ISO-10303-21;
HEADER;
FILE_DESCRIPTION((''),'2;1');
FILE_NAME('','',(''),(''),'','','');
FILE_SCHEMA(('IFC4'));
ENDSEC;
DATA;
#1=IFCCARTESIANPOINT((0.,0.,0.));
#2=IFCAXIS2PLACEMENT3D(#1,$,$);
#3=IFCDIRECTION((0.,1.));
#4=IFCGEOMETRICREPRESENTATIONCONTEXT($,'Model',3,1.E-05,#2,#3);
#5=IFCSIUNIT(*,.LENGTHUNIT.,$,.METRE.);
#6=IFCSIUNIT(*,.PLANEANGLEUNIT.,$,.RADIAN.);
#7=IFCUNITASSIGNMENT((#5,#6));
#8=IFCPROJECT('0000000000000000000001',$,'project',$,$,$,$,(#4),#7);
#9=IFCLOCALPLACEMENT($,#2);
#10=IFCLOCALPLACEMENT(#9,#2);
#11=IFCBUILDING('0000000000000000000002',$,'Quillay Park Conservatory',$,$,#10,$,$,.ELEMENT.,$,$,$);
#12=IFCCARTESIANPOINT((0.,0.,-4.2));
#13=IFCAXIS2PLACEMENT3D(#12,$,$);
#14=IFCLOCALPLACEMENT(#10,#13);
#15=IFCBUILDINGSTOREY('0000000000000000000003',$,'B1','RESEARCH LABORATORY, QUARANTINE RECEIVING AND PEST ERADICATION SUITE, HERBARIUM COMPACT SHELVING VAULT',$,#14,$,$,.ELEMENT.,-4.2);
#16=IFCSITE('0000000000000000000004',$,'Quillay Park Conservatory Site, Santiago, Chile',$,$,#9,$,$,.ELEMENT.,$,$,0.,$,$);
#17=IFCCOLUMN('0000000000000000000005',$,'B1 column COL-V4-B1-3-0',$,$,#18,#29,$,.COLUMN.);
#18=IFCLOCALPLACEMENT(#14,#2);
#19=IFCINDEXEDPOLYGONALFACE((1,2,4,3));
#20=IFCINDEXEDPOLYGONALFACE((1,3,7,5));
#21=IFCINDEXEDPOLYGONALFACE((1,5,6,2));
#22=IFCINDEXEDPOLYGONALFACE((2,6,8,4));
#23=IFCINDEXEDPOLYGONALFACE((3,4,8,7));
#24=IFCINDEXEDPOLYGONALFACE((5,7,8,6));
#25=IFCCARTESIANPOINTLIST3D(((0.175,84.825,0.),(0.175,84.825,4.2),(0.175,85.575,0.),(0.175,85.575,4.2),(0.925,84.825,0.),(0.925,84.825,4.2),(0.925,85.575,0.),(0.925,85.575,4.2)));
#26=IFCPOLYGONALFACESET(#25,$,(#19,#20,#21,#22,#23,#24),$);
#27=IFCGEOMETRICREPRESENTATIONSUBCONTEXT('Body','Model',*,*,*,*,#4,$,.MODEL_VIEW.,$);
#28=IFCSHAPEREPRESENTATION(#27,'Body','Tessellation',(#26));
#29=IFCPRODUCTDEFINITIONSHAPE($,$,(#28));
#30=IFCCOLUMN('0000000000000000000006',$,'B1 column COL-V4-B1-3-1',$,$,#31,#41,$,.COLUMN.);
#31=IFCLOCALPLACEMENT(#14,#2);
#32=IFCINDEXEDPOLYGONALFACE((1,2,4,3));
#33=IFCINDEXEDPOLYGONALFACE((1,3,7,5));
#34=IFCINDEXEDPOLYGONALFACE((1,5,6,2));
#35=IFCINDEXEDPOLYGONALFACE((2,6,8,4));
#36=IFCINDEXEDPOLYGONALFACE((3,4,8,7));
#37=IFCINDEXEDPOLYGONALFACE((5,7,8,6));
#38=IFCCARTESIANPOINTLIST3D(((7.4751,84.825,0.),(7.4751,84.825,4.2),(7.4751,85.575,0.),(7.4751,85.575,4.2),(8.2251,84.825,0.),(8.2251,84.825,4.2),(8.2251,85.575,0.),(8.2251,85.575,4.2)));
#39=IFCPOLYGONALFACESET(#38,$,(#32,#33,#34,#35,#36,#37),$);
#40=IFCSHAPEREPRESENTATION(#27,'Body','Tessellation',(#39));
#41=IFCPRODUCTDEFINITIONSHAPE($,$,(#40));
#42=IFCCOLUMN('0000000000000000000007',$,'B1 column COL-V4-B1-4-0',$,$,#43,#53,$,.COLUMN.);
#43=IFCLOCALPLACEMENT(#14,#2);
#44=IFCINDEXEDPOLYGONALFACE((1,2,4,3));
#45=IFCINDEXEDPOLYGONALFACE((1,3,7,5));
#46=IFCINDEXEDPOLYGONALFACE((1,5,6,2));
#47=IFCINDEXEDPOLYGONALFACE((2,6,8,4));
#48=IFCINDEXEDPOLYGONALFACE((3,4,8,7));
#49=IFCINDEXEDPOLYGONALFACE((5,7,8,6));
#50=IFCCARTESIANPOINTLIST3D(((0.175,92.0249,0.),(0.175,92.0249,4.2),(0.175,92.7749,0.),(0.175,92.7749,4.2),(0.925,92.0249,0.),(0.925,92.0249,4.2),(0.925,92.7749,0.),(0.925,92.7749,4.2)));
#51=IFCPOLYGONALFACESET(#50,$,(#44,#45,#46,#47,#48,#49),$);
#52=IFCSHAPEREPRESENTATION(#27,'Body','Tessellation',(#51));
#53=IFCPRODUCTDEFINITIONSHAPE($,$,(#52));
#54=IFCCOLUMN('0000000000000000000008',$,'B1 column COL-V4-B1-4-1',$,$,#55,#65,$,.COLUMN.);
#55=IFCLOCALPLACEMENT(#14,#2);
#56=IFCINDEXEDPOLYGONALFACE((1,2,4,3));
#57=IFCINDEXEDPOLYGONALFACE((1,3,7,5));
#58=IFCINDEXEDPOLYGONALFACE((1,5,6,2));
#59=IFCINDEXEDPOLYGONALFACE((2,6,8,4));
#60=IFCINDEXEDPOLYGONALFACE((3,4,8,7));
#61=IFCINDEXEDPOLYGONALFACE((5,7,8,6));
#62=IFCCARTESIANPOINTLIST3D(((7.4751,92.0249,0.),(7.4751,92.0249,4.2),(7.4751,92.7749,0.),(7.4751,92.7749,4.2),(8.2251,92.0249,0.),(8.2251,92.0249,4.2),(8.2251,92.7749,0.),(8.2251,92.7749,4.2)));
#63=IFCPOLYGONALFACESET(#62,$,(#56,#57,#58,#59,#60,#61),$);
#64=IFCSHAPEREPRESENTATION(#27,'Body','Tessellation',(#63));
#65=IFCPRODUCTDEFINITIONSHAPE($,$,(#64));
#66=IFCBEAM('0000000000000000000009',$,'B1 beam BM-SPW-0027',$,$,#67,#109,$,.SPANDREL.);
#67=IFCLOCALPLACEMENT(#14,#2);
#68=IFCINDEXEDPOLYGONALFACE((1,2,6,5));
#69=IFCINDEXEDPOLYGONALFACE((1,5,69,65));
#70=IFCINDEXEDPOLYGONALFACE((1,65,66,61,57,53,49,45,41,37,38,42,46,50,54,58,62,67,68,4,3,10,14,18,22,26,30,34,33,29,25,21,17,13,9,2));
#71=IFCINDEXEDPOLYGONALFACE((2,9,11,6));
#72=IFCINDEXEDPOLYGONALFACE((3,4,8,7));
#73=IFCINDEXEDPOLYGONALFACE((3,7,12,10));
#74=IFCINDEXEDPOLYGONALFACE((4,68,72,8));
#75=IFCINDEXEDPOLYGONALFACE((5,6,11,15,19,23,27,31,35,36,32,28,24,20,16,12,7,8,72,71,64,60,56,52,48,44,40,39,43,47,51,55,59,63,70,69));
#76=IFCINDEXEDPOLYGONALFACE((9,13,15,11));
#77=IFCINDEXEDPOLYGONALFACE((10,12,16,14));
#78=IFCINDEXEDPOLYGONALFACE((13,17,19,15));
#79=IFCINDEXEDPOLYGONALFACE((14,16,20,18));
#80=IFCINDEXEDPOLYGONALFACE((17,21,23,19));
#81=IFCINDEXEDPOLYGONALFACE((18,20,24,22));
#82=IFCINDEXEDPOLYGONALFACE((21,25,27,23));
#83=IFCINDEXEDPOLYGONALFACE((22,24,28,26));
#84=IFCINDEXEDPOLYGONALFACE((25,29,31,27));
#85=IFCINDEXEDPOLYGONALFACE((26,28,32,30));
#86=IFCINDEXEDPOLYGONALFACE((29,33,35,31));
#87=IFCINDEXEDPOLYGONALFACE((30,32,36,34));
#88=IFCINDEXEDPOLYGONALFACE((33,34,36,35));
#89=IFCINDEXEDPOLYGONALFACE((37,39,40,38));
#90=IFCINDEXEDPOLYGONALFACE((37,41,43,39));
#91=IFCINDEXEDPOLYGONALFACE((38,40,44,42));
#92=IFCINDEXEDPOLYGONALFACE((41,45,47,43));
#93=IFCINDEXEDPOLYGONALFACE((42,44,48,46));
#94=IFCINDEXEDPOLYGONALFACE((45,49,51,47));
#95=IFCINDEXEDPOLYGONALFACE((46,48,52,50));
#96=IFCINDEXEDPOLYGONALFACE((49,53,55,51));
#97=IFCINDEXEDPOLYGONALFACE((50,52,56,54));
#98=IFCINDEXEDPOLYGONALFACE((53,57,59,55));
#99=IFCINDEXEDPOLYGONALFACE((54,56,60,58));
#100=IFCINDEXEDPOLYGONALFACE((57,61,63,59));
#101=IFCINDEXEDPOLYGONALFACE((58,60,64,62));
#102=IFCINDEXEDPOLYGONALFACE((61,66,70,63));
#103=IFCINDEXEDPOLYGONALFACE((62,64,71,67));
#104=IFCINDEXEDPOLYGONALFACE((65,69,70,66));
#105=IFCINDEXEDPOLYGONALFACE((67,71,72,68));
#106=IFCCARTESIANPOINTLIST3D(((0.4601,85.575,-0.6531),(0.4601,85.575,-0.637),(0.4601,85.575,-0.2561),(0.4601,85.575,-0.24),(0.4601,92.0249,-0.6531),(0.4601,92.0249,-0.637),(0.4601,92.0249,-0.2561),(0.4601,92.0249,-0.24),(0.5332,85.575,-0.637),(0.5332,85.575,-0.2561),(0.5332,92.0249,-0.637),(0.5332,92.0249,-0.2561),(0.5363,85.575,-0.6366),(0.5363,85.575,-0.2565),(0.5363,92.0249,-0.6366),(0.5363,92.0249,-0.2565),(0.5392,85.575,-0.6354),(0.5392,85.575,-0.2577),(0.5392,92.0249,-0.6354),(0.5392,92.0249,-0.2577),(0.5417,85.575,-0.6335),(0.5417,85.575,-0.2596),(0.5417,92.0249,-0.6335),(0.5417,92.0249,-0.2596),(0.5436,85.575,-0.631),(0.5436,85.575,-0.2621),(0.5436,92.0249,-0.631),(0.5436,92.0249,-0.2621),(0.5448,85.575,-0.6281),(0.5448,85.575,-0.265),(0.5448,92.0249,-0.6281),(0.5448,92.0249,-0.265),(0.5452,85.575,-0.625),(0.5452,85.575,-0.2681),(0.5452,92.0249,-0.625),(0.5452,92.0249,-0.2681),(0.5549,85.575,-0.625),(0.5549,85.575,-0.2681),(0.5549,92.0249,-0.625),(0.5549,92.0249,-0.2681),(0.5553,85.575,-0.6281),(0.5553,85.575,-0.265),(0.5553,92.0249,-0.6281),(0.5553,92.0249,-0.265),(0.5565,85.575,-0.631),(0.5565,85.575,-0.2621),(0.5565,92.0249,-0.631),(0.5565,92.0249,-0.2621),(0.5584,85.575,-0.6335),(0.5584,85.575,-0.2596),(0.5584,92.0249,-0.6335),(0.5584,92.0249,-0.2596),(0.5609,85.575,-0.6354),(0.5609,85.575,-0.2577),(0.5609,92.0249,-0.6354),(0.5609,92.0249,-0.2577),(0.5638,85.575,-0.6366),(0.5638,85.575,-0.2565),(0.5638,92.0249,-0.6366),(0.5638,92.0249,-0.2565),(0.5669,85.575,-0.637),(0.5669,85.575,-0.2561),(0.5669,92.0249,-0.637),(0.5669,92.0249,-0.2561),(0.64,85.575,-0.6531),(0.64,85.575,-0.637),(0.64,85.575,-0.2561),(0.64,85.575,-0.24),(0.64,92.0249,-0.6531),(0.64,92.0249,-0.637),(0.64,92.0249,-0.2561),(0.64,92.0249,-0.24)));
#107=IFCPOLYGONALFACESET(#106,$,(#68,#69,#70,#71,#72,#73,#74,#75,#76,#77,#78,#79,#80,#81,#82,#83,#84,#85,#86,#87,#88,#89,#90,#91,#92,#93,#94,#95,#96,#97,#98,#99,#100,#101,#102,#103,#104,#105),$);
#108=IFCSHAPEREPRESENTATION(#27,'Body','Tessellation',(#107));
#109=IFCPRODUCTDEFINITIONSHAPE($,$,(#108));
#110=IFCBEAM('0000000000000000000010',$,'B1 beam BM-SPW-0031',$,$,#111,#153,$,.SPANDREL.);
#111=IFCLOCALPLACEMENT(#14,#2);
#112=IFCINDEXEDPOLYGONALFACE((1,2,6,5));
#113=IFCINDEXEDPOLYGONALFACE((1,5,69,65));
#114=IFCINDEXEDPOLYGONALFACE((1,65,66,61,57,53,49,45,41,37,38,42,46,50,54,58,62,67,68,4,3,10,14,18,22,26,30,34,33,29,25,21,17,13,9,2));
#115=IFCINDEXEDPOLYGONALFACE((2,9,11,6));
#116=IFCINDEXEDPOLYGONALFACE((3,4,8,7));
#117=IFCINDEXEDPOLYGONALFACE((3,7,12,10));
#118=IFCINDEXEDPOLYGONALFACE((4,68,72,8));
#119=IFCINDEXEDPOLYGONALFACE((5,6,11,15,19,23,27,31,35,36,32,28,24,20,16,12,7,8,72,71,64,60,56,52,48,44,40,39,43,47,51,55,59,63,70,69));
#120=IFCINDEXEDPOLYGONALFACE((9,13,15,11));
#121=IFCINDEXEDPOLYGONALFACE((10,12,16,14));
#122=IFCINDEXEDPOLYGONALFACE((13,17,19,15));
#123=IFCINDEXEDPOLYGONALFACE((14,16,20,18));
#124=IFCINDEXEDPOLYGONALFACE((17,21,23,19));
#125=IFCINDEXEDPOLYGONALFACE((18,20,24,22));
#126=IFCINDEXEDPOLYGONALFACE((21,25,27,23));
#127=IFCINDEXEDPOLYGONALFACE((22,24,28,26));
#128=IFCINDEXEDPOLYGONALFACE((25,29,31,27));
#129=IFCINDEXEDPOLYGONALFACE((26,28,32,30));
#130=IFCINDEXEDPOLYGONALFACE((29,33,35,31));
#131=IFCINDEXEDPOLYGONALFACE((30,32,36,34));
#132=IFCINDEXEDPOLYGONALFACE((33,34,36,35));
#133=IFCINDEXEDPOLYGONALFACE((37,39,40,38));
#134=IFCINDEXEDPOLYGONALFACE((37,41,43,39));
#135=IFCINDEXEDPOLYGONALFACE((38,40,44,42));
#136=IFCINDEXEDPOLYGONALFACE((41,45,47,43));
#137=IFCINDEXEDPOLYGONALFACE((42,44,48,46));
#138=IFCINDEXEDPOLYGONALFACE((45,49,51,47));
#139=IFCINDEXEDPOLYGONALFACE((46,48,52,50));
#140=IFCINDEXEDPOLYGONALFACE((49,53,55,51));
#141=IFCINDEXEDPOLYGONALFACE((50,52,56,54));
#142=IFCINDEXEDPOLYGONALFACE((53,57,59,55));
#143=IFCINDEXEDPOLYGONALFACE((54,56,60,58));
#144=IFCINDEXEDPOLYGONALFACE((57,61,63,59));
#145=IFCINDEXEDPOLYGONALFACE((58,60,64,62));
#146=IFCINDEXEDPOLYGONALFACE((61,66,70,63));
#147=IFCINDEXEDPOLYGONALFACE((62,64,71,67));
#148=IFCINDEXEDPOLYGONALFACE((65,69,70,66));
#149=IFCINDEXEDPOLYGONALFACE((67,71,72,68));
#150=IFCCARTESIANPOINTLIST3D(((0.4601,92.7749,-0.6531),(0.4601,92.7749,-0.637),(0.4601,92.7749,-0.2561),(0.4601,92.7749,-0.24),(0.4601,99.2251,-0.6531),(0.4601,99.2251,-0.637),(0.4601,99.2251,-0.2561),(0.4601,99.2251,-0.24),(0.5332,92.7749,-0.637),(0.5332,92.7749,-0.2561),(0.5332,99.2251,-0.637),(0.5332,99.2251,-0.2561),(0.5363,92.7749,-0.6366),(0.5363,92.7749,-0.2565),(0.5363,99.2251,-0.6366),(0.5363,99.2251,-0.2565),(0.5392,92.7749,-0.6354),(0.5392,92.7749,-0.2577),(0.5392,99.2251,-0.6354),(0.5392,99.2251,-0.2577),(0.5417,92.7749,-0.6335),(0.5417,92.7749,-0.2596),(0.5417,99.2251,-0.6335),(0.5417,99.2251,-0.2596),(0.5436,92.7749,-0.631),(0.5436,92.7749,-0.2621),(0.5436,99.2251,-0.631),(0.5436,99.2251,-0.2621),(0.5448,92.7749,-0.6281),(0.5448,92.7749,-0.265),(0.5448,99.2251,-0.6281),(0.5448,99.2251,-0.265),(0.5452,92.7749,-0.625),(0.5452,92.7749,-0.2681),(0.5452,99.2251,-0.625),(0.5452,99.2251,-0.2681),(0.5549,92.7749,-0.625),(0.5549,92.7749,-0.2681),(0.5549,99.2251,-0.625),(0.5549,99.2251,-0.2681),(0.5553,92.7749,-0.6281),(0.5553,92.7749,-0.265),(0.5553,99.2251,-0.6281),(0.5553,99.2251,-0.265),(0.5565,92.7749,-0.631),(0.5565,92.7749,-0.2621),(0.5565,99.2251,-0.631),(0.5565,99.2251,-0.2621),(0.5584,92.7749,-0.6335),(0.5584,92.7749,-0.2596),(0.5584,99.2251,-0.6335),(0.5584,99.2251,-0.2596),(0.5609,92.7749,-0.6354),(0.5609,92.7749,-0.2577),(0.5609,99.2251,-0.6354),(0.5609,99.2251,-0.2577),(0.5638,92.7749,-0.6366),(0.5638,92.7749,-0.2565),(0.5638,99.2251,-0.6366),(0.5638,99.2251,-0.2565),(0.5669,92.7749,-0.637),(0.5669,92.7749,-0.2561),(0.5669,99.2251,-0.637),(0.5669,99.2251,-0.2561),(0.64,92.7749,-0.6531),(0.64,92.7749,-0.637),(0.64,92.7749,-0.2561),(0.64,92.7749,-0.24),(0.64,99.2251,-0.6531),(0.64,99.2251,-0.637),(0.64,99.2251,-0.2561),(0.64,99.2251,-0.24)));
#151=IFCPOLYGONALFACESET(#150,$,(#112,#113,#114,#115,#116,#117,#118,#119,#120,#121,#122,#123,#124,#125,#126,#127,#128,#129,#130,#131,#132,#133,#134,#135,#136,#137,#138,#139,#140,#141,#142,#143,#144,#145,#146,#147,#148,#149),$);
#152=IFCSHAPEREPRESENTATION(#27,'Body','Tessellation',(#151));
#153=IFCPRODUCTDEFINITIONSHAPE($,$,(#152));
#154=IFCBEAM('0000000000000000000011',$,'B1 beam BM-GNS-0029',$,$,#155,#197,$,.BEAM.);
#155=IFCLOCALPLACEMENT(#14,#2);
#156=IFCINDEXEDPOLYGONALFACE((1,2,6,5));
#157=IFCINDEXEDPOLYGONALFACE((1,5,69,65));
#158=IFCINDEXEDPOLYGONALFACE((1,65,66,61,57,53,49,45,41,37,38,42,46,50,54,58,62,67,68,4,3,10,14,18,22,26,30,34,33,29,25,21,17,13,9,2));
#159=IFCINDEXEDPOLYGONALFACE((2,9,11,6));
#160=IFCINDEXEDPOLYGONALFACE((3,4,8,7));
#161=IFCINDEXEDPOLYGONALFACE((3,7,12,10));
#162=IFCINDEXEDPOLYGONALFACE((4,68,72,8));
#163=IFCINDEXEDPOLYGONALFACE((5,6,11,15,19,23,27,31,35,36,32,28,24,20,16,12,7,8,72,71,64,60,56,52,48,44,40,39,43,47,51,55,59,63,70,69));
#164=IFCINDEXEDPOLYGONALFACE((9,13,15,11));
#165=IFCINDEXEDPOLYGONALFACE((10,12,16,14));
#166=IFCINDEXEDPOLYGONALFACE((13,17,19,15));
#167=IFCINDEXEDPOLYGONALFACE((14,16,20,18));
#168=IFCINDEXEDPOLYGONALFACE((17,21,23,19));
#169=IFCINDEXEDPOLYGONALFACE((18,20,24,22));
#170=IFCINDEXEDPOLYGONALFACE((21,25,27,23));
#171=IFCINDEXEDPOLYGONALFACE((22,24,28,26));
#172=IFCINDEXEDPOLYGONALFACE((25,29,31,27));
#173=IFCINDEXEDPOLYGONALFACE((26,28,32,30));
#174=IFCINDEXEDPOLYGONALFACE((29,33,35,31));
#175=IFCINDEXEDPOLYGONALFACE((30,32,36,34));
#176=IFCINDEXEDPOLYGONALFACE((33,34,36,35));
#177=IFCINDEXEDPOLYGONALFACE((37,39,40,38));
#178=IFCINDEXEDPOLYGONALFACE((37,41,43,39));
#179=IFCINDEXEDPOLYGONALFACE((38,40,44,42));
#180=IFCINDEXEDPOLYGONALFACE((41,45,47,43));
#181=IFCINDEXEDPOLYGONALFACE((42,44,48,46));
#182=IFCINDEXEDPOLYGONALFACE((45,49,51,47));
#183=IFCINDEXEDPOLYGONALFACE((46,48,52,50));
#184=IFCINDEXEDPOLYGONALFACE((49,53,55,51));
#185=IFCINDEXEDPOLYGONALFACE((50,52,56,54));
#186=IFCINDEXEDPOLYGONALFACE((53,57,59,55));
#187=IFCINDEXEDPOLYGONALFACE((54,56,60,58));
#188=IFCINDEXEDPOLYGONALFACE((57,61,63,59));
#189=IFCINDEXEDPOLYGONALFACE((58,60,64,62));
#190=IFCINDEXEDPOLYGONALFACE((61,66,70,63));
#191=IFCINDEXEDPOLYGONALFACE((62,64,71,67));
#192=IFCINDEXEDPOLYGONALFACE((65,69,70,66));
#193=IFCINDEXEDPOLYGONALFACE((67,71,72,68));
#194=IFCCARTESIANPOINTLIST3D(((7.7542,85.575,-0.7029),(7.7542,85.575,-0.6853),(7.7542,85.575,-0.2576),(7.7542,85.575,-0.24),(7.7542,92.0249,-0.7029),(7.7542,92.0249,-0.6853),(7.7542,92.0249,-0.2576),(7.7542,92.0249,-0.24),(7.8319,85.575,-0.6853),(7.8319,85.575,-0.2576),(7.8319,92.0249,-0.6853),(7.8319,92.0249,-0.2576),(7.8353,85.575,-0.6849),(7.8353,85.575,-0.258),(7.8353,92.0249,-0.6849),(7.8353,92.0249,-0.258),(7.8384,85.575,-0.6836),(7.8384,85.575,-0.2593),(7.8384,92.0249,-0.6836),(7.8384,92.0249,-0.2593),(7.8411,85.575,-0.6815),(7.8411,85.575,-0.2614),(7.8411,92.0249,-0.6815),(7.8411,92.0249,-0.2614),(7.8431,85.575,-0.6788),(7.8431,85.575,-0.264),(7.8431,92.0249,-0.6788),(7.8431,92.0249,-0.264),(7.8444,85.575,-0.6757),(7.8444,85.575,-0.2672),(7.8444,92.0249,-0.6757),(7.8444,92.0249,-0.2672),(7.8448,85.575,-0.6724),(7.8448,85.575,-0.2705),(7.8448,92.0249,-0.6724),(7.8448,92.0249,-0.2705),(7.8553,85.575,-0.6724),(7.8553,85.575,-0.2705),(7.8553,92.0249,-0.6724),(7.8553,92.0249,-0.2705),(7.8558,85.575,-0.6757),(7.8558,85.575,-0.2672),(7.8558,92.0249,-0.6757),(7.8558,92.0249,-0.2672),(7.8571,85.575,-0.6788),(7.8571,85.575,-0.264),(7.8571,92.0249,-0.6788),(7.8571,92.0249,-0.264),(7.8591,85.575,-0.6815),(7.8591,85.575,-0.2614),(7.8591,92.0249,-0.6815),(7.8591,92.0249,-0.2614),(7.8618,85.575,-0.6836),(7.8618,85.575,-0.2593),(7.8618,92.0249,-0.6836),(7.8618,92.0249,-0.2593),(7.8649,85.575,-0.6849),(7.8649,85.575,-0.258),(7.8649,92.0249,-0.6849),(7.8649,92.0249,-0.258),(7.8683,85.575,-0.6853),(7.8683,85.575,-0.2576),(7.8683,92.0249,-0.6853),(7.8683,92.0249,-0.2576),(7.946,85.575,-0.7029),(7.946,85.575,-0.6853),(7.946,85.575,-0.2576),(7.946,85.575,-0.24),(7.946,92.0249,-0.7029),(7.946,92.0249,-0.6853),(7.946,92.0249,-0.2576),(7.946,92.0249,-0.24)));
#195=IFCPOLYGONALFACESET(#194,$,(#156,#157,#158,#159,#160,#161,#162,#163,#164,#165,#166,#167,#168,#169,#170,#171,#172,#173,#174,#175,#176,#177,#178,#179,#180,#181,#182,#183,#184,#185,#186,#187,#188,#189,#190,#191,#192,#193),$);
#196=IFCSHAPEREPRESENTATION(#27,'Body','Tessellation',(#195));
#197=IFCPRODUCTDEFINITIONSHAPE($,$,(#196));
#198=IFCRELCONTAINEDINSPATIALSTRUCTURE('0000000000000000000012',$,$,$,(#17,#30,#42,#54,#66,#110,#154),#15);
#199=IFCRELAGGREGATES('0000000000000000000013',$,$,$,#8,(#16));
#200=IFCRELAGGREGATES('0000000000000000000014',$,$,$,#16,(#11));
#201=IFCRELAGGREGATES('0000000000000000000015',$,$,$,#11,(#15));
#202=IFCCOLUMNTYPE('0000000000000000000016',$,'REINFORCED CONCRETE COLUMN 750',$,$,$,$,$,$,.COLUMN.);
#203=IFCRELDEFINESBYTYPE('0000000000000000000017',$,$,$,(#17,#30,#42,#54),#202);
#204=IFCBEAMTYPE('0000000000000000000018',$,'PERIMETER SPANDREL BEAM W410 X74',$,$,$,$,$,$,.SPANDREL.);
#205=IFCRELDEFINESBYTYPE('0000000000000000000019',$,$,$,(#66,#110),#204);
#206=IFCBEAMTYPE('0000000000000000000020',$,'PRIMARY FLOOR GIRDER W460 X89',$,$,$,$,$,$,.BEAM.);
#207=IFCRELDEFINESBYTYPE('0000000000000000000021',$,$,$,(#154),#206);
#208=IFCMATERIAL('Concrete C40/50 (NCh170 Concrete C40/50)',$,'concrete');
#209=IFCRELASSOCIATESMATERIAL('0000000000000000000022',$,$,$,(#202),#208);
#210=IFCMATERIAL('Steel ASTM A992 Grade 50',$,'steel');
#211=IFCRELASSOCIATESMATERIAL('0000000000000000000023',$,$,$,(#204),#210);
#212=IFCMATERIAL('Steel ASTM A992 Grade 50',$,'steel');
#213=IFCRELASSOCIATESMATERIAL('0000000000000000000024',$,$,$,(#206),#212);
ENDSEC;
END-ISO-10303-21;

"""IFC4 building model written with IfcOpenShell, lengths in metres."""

from ifc_helpers import new_model, si_unit, direction, frame, origin, origin_2d, place, context, subcontext, project, spatial, rectangle, i_section, extrude, material, material_profile, profile_set, type_object, element, save


model = new_model("IFC4")

# Units and contexts
model_context = context("Model", 3, precision=1e-05, world=origin(), true_north=direction((0.0, 1.0)))
body_context = subcontext(model_context, "Body", "Model", "MODEL_VIEW")
ifc_project = project(units=[si_unit("LENGTHUNIT", "METRE"), si_unit("PLANEANGLEUNIT", "RADIAN")], contexts=[model_context])

# Site, building, storey
site_placement = place(None, origin())
site = spatial("IfcSite", under=ifc_project, at=site_placement, Name="Quillay Park Conservatory Site, Santiago, Chile", CompositionType="ELEMENT", RefElevation=0.0)
building_placement = place(site_placement, origin())
building = spatial("IfcBuilding", under=site, at=building_placement, Name="Quillay Park Conservatory", CompositionType="ELEMENT")
storey_placement = place(building_placement, frame((0.0, 0.0, -4.2)))
storey = spatial("IfcBuildingStorey", under=building, at=storey_placement, Name="B1", Description="RESEARCH LABORATORY, QUARANTINE RECEIVING AND PEST ERADICATION SUITE, HERBARIUM COMPACT SHELVING VAULT", CompositionType="ELEMENT", Elevation=-4.2)

# Columns
ifc_material_1 = material(Name="Concrete C40/50 (NCh170 Concrete C40/50)", Category="concrete")
ifc_material_profile_1 = material_profile(ifc_material_1, rectangle(XDim=0.75, YDim=0.75, at=origin_2d()), Name="RC750x750")
ifc_profile_set_1 = profile_set([ifc_material_profile_1], Name="Concrete C40/50 (NCh170 Concrete C40/50)")
column_type = type_object("IfcColumnType", Name="REINFORCED CONCRETE COLUMN 750", PredefinedType="COLUMN", material=ifc_profile_set_1)
for number, where, z_axis, x_axis, name in (
    (1, (0.55, 85.2, 0.0), (0.0, 0.0, 1.0), (1.0, 0.0, 0.0), "B1 column COL-V4-B1-3-0"),
    (2, (7.8501, 85.2, 0.0), (0.0, 0.0, 1.0), (1.0, 0.0, 0.0), "B1 column COL-V4-B1-3-1"),
    (3, (0.55, 92.3999, 0.0), (0.0, 0.0, 1.0), (1.0, 0.0, 0.0), "B1 column COL-V4-B1-4-0"),
    (4, (7.8501, 92.3999, 0.0), (0.0, 0.0, 1.0), (1.0, 0.0, 0.0), "B1 column COL-V4-B1-4-1"),
):
    element("IfcColumn", number, at=place(storey_placement, frame(where, z_axis=z_axis, x_axis=x_axis)), inside=storey, type_object=column_type, Name=name, PredefinedType="COLUMN", context=body_context, shape_type="SweptSolid", body=[
        extrude(rectangle(XDim=0.75, YDim=0.75, at=origin_2d()), origin(), (0.0, 0.0, 1.0), 4.2),
    ])

# Beams
ifc_material_2 = material(Name="Steel ASTM A992 Grade 50", Category="steel")
ifc_material_profile_2 = material_profile(ifc_material_2, i_section(OverallWidth=0.1799, OverallDepth=0.4131, WebThickness=0.0098, FlangeThickness=0.0161, FilletRadius=0.012, at=origin_2d()), Name="W410x74")
ifc_profile_set_2 = profile_set([ifc_material_profile_2], Name="Steel ASTM A992 Grade 50")
beam_type_1 = type_object("IfcBeamType", Name="PERIMETER SPANDREL BEAM W410 X74", PredefinedType="SPANDREL", material=ifc_profile_set_2)
beam_1_placement = place(storey_placement, frame((0.55, 85.575, -0.4465), z_axis=(0.0, 1.0, 0.0), x_axis=(-1.0, 0.0, 0.0)))
element("IfcBeam", 5, at=beam_1_placement, inside=storey, type_object=beam_type_1, Name="B1 beam BM-SPW-0027", PredefinedType="SPANDREL", context=body_context, shape_type="SweptSolid", body=[
    extrude(i_section(OverallWidth=0.1799, OverallDepth=0.4131, WebThickness=0.0098, FlangeThickness=0.0161, FilletRadius=0.012, at=origin_2d()), origin(), (0.0, 0.0, 1.0), 6.45),
])
beam_2_placement = place(storey_placement, frame((0.55, 92.7749, -0.4465), z_axis=(0.0, 1.0, 0.0), x_axis=(-1.0, 0.0, 0.0)))
element("IfcBeam", 6, at=beam_2_placement, inside=storey, type_object=beam_type_1, Name="B1 beam BM-SPW-0031", PredefinedType="SPANDREL", context=body_context, shape_type="SweptSolid", body=[
    extrude(i_section(OverallWidth=0.1799, OverallDepth=0.4131, WebThickness=0.0098, FlangeThickness=0.0161, FilletRadius=0.012, at=origin_2d()), origin(), (0.0, 0.0, 1.0), 6.4502),
])
ifc_material_3 = material(Name="Steel ASTM A992 Grade 50", Category="steel")
ifc_material_profile_3 = material_profile(ifc_material_3, i_section(OverallWidth=0.1919, OverallDepth=0.4629, WebThickness=0.0105, FlangeThickness=0.0176, FilletRadius=0.0129, at=origin_2d()), Name="W460x89")
ifc_profile_set_3 = profile_set([ifc_material_profile_3], Name="Steel ASTM A992 Grade 50")
beam_type_2 = type_object("IfcBeamType", Name="PRIMARY FLOOR GIRDER W460 X89", PredefinedType="BEAM", material=ifc_profile_set_3)
beam_3_placement = place(storey_placement, frame((7.8501, 85.575, -0.4714), z_axis=(0.0, 1.0, 0.0), x_axis=(-1.0, 0.0, 0.0)))
element("IfcBeam", 7, at=beam_3_placement, inside=storey, type_object=beam_type_2, Name="B1 beam BM-GNS-0029", PredefinedType="BEAM", context=body_context, shape_type="SweptSolid", body=[
    extrude(i_section(OverallWidth=0.1919, OverallDepth=0.4629, WebThickness=0.0105, FlangeThickness=0.0176, FilletRadius=0.0129, at=origin_2d()), origin(), (0.0, 0.0, 1.0), 6.45),
])

save(model, "model.ifc")
